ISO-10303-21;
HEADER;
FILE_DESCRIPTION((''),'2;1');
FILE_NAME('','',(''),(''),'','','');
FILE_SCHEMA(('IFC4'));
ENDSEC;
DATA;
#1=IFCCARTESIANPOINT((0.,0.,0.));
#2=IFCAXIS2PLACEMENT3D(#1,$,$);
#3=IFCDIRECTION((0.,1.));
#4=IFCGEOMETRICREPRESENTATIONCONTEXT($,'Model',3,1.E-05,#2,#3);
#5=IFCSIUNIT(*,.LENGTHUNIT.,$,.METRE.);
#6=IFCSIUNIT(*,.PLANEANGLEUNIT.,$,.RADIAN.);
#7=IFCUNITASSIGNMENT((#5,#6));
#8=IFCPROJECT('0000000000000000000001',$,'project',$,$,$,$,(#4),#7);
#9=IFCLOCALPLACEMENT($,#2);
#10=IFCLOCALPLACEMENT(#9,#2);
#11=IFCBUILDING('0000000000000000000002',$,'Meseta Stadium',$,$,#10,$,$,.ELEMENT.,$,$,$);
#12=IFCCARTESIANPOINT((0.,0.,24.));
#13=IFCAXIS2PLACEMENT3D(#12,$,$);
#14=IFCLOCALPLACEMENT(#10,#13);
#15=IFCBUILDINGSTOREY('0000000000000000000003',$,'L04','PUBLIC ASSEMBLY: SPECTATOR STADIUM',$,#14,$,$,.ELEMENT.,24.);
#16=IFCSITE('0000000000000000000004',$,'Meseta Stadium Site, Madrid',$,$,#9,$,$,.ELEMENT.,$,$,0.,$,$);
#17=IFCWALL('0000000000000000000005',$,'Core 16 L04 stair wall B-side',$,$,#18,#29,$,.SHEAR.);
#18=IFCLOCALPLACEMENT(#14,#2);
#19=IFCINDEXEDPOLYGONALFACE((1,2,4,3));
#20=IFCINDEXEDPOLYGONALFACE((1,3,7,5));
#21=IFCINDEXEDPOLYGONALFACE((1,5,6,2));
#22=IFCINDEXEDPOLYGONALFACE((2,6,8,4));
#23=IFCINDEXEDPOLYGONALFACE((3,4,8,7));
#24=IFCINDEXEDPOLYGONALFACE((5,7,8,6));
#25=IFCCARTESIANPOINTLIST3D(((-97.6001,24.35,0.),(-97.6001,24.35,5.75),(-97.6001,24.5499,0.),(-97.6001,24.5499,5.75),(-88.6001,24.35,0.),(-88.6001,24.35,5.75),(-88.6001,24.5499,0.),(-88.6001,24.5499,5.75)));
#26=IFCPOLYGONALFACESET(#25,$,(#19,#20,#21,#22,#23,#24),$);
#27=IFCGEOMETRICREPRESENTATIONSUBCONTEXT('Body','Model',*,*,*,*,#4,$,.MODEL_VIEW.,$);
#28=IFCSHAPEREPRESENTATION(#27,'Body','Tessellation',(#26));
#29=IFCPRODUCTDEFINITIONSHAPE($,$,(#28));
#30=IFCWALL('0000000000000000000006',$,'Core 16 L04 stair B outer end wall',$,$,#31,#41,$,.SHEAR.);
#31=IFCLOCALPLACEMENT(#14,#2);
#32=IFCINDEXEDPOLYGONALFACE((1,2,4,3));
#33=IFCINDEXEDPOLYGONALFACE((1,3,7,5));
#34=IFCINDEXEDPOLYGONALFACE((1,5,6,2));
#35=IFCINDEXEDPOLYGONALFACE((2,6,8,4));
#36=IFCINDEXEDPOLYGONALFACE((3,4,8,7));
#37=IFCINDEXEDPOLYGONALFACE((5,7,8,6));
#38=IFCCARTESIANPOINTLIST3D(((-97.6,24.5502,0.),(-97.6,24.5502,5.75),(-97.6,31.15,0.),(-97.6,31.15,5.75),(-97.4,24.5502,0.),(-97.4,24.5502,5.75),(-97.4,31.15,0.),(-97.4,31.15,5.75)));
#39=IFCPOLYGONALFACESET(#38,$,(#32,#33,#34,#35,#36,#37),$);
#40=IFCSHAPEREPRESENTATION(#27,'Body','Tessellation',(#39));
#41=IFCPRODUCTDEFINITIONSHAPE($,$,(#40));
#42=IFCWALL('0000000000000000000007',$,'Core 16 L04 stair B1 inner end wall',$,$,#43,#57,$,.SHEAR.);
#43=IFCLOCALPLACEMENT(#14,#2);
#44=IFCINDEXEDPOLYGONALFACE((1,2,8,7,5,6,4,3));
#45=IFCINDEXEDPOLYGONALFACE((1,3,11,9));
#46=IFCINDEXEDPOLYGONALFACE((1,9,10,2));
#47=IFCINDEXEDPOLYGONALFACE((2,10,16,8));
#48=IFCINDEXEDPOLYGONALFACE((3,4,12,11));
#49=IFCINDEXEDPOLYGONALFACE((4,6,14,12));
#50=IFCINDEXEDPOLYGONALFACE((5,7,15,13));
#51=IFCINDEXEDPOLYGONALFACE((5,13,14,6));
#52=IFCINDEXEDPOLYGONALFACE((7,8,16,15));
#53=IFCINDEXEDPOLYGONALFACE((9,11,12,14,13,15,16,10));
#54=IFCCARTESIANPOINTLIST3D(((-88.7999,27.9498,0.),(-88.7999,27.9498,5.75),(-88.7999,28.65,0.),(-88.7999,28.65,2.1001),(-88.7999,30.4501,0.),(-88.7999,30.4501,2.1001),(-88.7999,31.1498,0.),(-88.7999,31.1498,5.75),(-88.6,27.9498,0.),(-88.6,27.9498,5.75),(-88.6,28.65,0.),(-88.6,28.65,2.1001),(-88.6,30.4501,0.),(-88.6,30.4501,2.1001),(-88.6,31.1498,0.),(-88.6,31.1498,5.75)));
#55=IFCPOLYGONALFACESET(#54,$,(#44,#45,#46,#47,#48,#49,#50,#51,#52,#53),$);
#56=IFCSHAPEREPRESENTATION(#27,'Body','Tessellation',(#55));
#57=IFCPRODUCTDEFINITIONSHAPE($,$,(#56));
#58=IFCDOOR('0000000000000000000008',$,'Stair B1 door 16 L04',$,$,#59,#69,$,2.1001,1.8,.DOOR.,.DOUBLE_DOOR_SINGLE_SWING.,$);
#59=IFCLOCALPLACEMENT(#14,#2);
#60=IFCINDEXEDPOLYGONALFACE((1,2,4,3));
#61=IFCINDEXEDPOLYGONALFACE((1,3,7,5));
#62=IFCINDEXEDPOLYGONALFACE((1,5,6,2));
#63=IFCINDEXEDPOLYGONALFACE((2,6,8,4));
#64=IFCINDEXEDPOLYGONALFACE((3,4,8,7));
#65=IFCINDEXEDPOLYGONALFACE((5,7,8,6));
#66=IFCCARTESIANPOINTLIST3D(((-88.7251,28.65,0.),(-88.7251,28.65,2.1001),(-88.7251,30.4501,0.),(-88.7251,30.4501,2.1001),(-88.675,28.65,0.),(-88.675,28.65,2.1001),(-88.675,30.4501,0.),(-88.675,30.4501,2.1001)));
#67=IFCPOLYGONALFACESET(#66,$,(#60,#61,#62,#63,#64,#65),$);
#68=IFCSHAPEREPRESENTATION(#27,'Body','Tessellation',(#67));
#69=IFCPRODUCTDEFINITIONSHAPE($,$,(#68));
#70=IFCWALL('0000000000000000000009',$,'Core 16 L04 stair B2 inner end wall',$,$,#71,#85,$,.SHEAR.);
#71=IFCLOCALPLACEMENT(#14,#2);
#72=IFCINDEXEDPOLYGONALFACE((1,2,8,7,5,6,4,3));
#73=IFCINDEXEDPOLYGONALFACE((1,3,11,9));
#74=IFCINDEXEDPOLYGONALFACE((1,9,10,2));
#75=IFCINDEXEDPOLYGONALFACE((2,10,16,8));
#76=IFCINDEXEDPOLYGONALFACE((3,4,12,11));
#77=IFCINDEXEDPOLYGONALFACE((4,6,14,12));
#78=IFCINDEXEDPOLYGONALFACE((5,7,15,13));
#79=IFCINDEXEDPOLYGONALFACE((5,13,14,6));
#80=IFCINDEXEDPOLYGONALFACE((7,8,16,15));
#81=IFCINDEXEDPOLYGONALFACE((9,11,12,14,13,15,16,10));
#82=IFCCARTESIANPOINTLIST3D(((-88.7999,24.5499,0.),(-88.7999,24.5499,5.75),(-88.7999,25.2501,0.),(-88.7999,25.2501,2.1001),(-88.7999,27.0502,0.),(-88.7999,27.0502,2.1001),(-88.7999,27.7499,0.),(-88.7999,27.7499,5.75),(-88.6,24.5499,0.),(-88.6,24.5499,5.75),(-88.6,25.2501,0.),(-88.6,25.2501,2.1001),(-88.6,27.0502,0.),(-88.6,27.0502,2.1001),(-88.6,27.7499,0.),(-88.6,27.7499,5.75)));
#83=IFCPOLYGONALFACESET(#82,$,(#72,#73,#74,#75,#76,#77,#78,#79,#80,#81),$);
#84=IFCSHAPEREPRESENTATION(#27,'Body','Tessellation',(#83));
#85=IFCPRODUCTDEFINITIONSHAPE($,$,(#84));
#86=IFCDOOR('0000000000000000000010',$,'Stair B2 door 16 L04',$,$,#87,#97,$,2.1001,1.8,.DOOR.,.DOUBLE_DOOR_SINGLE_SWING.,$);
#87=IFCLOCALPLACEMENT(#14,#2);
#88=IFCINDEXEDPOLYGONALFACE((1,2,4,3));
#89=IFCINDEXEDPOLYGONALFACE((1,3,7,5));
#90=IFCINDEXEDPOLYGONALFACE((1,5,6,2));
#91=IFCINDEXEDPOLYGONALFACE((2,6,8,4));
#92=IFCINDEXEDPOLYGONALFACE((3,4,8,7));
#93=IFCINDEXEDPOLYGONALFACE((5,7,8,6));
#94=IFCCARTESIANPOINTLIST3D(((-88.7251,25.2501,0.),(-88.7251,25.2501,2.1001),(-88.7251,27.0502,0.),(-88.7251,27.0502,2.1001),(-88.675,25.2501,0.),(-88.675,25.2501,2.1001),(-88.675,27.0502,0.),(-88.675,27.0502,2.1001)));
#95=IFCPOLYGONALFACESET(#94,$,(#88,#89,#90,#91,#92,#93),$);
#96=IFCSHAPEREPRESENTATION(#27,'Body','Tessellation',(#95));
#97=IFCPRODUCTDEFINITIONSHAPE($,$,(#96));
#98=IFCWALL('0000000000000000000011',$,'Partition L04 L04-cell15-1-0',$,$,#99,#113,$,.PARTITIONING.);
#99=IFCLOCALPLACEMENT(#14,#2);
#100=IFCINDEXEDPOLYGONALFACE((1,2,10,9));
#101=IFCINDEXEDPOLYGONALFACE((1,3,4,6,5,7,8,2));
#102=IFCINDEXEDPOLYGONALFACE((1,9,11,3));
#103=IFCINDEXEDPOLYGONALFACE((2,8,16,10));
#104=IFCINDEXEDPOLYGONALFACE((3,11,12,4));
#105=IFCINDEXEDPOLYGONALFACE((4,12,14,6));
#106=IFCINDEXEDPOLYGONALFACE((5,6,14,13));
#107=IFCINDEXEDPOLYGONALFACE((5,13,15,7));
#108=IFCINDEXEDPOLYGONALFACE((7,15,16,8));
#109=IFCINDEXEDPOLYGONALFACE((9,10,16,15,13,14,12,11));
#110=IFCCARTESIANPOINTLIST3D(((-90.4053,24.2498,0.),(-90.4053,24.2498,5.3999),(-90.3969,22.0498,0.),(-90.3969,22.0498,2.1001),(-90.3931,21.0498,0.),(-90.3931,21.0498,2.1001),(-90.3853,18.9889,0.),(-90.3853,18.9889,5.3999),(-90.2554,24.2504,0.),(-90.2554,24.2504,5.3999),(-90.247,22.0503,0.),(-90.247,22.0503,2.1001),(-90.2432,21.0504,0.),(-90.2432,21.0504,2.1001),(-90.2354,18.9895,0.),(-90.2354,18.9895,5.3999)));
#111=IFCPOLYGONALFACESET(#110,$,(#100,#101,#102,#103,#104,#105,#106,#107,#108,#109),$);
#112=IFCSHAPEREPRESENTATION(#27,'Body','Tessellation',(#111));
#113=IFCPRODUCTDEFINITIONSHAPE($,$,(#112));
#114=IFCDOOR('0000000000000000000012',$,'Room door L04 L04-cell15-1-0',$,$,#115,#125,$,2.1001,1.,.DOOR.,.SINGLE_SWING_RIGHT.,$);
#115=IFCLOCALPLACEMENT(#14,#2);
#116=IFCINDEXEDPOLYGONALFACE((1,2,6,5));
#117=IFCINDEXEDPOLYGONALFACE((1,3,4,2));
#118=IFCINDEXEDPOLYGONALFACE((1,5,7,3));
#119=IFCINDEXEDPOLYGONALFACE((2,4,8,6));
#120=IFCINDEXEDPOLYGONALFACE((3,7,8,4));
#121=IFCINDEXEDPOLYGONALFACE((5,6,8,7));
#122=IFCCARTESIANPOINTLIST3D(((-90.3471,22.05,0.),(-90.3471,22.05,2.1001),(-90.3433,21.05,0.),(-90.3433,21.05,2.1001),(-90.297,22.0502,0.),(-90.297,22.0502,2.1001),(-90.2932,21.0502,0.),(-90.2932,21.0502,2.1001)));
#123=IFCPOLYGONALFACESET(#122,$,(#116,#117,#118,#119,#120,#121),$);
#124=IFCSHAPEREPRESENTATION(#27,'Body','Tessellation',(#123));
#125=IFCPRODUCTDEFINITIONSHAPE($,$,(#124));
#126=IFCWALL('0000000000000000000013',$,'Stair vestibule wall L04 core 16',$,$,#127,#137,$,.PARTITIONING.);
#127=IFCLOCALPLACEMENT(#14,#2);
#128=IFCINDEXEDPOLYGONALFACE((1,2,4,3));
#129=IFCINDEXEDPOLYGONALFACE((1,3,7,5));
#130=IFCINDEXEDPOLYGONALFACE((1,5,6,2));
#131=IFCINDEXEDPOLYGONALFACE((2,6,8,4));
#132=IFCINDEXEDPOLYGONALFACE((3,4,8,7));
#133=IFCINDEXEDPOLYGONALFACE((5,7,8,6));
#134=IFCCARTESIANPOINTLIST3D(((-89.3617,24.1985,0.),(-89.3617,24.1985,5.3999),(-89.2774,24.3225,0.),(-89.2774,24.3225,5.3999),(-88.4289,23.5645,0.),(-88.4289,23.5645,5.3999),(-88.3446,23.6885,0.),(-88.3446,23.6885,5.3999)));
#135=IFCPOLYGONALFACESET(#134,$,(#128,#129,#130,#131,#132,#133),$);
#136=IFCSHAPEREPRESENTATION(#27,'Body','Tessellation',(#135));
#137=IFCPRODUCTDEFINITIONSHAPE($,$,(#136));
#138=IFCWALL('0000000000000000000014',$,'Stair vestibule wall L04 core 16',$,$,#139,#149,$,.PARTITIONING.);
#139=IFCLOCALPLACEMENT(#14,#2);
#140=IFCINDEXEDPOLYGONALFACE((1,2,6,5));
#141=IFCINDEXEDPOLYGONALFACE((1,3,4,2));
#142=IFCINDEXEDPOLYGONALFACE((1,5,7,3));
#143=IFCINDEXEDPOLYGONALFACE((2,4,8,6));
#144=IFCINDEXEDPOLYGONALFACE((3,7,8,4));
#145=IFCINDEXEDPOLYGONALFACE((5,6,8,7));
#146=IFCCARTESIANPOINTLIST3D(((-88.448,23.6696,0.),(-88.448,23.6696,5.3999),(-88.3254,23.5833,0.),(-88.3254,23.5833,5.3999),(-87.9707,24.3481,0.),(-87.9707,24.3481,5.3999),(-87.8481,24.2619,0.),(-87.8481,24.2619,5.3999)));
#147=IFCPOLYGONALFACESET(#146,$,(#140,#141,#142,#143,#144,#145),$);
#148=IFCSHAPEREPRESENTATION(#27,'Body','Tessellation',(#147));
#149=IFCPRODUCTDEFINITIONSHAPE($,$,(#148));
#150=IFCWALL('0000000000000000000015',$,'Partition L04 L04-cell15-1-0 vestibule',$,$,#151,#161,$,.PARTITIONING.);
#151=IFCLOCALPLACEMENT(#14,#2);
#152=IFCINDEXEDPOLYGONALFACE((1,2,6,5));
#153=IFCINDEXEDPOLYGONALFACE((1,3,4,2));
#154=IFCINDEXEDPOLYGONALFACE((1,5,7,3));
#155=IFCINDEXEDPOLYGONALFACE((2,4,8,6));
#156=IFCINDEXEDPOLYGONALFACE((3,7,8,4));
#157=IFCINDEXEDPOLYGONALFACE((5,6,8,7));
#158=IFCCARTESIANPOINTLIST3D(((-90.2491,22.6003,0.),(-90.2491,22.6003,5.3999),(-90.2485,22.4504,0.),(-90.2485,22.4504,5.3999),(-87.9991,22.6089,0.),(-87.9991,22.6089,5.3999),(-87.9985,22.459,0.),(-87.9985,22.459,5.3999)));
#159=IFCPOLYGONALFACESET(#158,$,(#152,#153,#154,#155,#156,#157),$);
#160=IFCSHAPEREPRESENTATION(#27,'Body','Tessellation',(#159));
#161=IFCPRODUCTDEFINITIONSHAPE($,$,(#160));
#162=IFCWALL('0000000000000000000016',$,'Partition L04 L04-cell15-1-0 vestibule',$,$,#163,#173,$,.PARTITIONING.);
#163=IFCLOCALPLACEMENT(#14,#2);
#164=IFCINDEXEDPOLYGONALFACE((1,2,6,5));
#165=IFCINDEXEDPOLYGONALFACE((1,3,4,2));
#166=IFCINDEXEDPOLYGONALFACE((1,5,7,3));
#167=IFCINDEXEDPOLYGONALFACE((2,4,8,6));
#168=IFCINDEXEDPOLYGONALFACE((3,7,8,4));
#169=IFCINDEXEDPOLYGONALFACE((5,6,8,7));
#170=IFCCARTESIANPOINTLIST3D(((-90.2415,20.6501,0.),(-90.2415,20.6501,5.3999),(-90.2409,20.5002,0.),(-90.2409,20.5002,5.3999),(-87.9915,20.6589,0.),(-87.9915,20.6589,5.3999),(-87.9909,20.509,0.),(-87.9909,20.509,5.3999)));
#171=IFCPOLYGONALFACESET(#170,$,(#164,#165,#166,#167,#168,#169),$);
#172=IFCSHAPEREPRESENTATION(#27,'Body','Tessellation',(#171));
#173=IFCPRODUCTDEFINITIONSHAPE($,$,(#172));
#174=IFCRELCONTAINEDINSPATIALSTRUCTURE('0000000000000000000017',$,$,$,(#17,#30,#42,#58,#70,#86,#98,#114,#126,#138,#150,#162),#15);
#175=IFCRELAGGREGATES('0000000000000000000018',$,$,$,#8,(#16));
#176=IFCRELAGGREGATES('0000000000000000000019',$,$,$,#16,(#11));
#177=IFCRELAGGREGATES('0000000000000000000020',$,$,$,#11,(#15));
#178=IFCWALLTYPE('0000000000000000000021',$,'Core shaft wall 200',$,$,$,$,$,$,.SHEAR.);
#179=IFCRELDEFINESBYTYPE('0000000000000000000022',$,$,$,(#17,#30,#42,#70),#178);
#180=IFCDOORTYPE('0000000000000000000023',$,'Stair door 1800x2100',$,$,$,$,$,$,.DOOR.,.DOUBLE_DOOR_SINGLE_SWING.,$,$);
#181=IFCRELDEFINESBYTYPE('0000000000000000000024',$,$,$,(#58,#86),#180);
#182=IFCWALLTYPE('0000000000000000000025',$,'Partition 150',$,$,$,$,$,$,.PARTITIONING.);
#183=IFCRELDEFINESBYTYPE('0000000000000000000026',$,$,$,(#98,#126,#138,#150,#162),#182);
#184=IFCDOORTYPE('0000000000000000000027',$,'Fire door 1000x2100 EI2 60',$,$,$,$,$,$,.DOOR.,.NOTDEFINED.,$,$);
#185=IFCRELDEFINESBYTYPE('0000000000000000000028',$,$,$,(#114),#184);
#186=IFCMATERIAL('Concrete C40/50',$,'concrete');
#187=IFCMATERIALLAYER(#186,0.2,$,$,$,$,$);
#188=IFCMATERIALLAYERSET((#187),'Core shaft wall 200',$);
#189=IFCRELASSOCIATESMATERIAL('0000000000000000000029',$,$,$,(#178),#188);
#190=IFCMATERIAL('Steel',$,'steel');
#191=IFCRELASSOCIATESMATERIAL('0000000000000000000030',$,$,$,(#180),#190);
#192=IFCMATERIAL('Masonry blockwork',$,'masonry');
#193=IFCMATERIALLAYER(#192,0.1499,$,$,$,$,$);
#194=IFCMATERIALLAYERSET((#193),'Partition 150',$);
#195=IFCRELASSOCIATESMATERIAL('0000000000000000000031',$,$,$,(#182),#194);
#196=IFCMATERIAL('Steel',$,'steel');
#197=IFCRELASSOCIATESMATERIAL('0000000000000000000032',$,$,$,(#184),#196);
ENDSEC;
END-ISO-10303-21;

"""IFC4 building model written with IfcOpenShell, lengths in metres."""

from ifc_helpers import new_model, si_unit, direction, frame, frame_2d, origin, place, context, subcontext, project, spatial, rectangle, extrude, material, layer, layer_set, type_object, element, fill, save


model = new_model("IFC4")

# Units and contexts
model_context = context("Model", 3, precision=1e-05, world=origin(), true_north=direction((0.0, 1.0)))
body_context = subcontext(model_context, "Body", "Model", "MODEL_VIEW")
ifc_project = project(units=[si_unit("LENGTHUNIT", "METRE"), si_unit("PLANEANGLEUNIT", "RADIAN")], contexts=[model_context])

# Site, building, storey
site_placement = place(None, origin())
site = spatial("IfcSite", under=ifc_project, at=site_placement, Name="Meseta Stadium Site, Madrid", CompositionType="ELEMENT", RefElevation=0.0)
building_placement = place(site_placement, origin())
building = spatial("IfcBuilding", under=site, at=building_placement, Name="Meseta Stadium", CompositionType="ELEMENT")
storey_placement = place(building_placement, frame((0.0, 0.0, 24.0)))
storey = spatial("IfcBuildingStorey", under=building, at=storey_placement, Name="L04", Description="PUBLIC ASSEMBLY: SPECTATOR STADIUM", CompositionType="ELEMENT", Elevation=24.0)

# Walls
ifc_material_1 = material(Name="Concrete C40/50", Category="concrete")
ifc_layer_1 = layer(ifc_material_1, 0.2)
ifc_layer_set_1 = layer_set([ifc_layer_1], Name="Core shaft wall 200")
wall_type_1 = type_object("IfcWallType", Name="Core shaft wall 200", PredefinedType="SHEAR", material=ifc_layer_set_1)
for number, where, z_axis, x_axis, name in (
    (1, (-97.6001, 24.45, 0.0), (0.0, 0.0, 1.0), (1.0, 0.0, 0.0), "Core 16 L04 stair wall B-side"),
):
    element("IfcWall", number, at=place(storey_placement, frame(where, z_axis=z_axis, x_axis=x_axis)), inside=storey, type_object=wall_type_1, Name=name, PredefinedType="SHEAR", context=body_context, shape_type="SweptSolid", body=[
        extrude(rectangle(XDim=9.0, YDim=0.2, at=frame_2d((4.5, 0.0))), origin(), (0.0, 0.0, 1.0), 5.75),
    ])
wall_1_placement = place(storey_placement, frame((-97.5, 31.1499, 0.0), z_axis=(0.0, 0.0, 1.0), x_axis=(0.0, -1.0, 0.0)))
element("IfcWall", 2, at=wall_1_placement, inside=storey, type_object=wall_type_1, Name="Core 16 L04 stair B outer end wall", PredefinedType="SHEAR", context=body_context, shape_type="SweptSolid", body=[
    extrude(rectangle(XDim=6.5999, YDim=0.2, at=frame_2d((3.2998, 0.0))), origin(), (0.0, 0.0, 1.0), 5.75),
])

# Walls, openings, doors
wall_2_placement = place(storey_placement, frame((-88.7, 31.1499, 0.0), z_axis=(0.0, 0.0, 1.0), x_axis=(0.0, -1.0, 0.0)))
wall_2 = element("IfcWall", 3, at=wall_2_placement, inside=storey, type_object=wall_type_1, Name="Core 16 L04 stair B1 inner end wall", PredefinedType="SHEAR", context=body_context, shape_type="SweptSolid", body=[
    extrude(rectangle(XDim=3.2, YDim=0.2, at=frame_2d((1.6001, 0.0))), origin(), (0.0, 0.0, 1.0), 5.75),
])
opening_1_placement = place(wall_2_placement, frame((0.7, 0.0, 0.0)))
opening_1 = element("IfcOpeningElement", 4, at=opening_1_placement, cuts=wall_2, PredefinedType="OPENING", context=body_context, shape_type="SweptSolid", body=[
    extrude(rectangle(XDim=1.8, YDim=2.1001, at=frame_2d((0.8999, 1.05))), frame((0.0, 0.1099, 0.0), z_axis=(0.0, -1.0, 0.0), x_axis=(1.0, 0.0, 0.0)), (0.0, 0.0, 1.0), 0.22),
])
ifc_material_2 = material(Name="Steel", Category="steel")
door_type_1 = type_object("IfcDoorType", Name="Stair door 1800x2100", OperationType="DOUBLE_DOOR_SINGLE_SWING", PredefinedType="DOOR", material=ifc_material_2)
door_1_placement = place(opening_1_placement, origin())
door_1 = element("IfcDoor", 5, at=door_1_placement, inside=storey, type_object=door_type_1, Name="Stair B1 door 16 L04", OperationType="DOUBLE_DOOR_SINGLE_SWING", OverallHeight=2.1001, OverallWidth=1.8, PredefinedType="DOOR", context=body_context, shape_type="SweptSolid", body=[
    extrude(rectangle(XDim=1.8, YDim=2.1001, at=frame_2d((0.8999, 1.05))), frame((0.0, 0.0249, 0.0), z_axis=(0.0, -1.0, 0.0), x_axis=(1.0, 0.0, 0.0)), (0.0, 0.0, 1.0), 0.05),
])
fill(opening_1, door_1)
wall_3_placement = place(storey_placement, frame((-88.7, 27.75, 0.0), z_axis=(0.0, 0.0, 1.0), x_axis=(0.0, -1.0, 0.0)))
wall_3 = element("IfcWall", 6, at=wall_3_placement, inside=storey, type_object=wall_type_1, Name="Core 16 L04 stair B2 inner end wall", PredefinedType="SHEAR", context=body_context, shape_type="SweptSolid", body=[
    extrude(rectangle(XDim=3.2, YDim=0.2, at=frame_2d((1.6001, 0.0))), origin(), (0.0, 0.0, 1.0), 5.75),
])
opening_2_placement = place(wall_3_placement, frame((0.7, 0.0, 0.0)))
opening_2 = element("IfcOpeningElement", 7, at=opening_2_placement, cuts=wall_3, PredefinedType="OPENING", context=body_context, shape_type="SweptSolid", body=[
    extrude(rectangle(XDim=1.8, YDim=2.1001, at=frame_2d((0.8999, 1.05))), frame((0.0, 0.1099, 0.0), z_axis=(0.0, -1.0, 0.0), x_axis=(1.0, 0.0, 0.0)), (0.0, 0.0, 1.0), 0.22),
])
door_2_placement = place(opening_2_placement, origin())
door_2 = element("IfcDoor", 8, at=door_2_placement, inside=storey, type_object=door_type_1, Name="Stair B2 door 16 L04", OperationType="DOUBLE_DOOR_SINGLE_SWING", OverallHeight=2.1001, OverallWidth=1.8, PredefinedType="DOOR", context=body_context, shape_type="SweptSolid", body=[
    extrude(rectangle(XDim=1.8, YDim=2.1001, at=frame_2d((0.8999, 1.05))), frame((0.0, 0.0249, 0.0), z_axis=(0.0, -1.0, 0.0), x_axis=(1.0, 0.0, 0.0)), (0.0, 0.0, 1.0), 0.05),
])
fill(opening_2, door_2)
ifc_material_3 = material(Name="Masonry blockwork", Category="masonry")
ifc_layer_2 = layer(ifc_material_3, 0.1499)
ifc_layer_set_2 = layer_set([ifc_layer_2], Name="Partition 150")
wall_type_2 = type_object("IfcWallType", Name="Partition 150", PredefinedType="PARTITIONING", material=ifc_layer_set_2)
wall_4_placement = place(storey_placement, frame((-90.3303, 24.25, 0.0), z_axis=(0.0, 0.0, 1.0), x_axis=(0.003805, -0.999993, 0.0)))
wall_4 = element("IfcWall", 9, at=wall_4_placement, inside=storey, type_object=wall_type_2, Name="Partition L04 L04-cell15-1-0", PredefinedType="PARTITIONING", context=body_context, shape_type="SweptSolid", body=[
    extrude(rectangle(XDim=5.261, YDim=0.1499, at=frame_2d((2.6304, 0.0))), origin(), (0.0, 0.0, 1.0), 5.3999),
])
opening_3_placement = place(wall_4_placement, frame((2.2, 0.0, 0.0)))
opening_3 = element("IfcOpeningElement", 10, at=opening_3_placement, cuts=wall_4, PredefinedType="OPENING", context=body_context, shape_type="SweptSolid", body=[
    extrude(rectangle(XDim=1.0, YDim=2.1001, at=frame_2d((0.5, 1.05))), frame((0.0, 0.085, 0.0), z_axis=(0.0, -1.0, 0.0), x_axis=(1.0, 0.0, 0.0)), (0.0, 0.0, 1.0), 0.1699),
])
ifc_material_4 = material(Name="Steel", Category="steel")
door_type_2 = type_object("IfcDoorType", Name="Fire door 1000x2100 EI2 60", OperationType="NOTDEFINED", PredefinedType="DOOR", material=ifc_material_4)
door_3_placement = place(opening_3_placement, origin())
door_3 = element("IfcDoor", 11, at=door_3_placement, inside=storey, type_object=door_type_2, Name="Room door L04 L04-cell15-1-0", OperationType="SINGLE_SWING_RIGHT", OverallHeight=2.1001, OverallWidth=1.0, PredefinedType="DOOR", context=body_context, shape_type="SweptSolid", body=[
    extrude(rectangle(XDim=1.0, YDim=2.1001, at=frame_2d((0.5, 1.05))), frame((0.0, 0.0249, 0.0), z_axis=(0.0, -1.0, 0.0), x_axis=(1.0, 0.0, 0.0)), (0.0, 0.0, 1.0), 0.05),
])
fill(opening_3, door_3)

# Walls
wall_5_placement = place(storey_placement, frame((-89.3196, 24.2605, 0.0), z_axis=(0.0, 0.0, 1.0), x_axis=(0.827055, -0.562121, 0.0)))
element("IfcWall", 12, at=wall_5_placement, inside=storey, type_object=wall_type_2, Name="Stair vestibule wall L04 core 16", PredefinedType="PARTITIONING", context=body_context, shape_type="SweptSolid", body=[
    extrude(rectangle(XDim=1.1279, YDim=0.1499, at=frame_2d((0.564, 0.0))), origin(), (0.0, 0.0, 1.0), 5.3999),
])
wall_6_placement = place(storey_placement, frame((-88.3867, 23.6265, 0.0), z_axis=(0.0, 0.0, 1.0), x_axis=(0.575377, 0.817888, 0.0)))
element("IfcWall", 13, at=wall_6_placement, inside=storey, type_object=wall_type_2, Name="Stair vestibule wall L04 core 16", PredefinedType="PARTITIONING", context=body_context, shape_type="SweptSolid", body=[
    extrude(rectangle(XDim=0.8296, YDim=0.1499, at=frame_2d((0.4148, 0.0))), origin(), (0.0, 0.0, 1.0), 5.3999),
])
for number, where, z_axis, x_axis, name in (
    (14, (-90.2488, 22.5254, 0.0), (0.0, 0.0, 1.0), (0.999993, 0.003798, 0.0), "Partition L04 L04-cell15-1-0 vestibule"),
    (15, (-90.2412, 20.5752, 0.0), (0.0, 0.0, 1.0), (0.999992, 0.003906, 0.0), "Partition L04 L04-cell15-1-0 vestibule"),
):
    element("IfcWall", number, at=place(storey_placement, frame(where, z_axis=z_axis, x_axis=x_axis)), inside=storey, type_object=wall_type_2, Name=name, PredefinedType="PARTITIONING", context=body_context, shape_type="SweptSolid", body=[
        extrude(rectangle(XDim=2.25, YDim=0.1499, at=frame_2d((1.125, 0.0))), origin(), (0.0, 0.0, 1.0), 5.3999),
    ])

save(model, "model.ifc")
